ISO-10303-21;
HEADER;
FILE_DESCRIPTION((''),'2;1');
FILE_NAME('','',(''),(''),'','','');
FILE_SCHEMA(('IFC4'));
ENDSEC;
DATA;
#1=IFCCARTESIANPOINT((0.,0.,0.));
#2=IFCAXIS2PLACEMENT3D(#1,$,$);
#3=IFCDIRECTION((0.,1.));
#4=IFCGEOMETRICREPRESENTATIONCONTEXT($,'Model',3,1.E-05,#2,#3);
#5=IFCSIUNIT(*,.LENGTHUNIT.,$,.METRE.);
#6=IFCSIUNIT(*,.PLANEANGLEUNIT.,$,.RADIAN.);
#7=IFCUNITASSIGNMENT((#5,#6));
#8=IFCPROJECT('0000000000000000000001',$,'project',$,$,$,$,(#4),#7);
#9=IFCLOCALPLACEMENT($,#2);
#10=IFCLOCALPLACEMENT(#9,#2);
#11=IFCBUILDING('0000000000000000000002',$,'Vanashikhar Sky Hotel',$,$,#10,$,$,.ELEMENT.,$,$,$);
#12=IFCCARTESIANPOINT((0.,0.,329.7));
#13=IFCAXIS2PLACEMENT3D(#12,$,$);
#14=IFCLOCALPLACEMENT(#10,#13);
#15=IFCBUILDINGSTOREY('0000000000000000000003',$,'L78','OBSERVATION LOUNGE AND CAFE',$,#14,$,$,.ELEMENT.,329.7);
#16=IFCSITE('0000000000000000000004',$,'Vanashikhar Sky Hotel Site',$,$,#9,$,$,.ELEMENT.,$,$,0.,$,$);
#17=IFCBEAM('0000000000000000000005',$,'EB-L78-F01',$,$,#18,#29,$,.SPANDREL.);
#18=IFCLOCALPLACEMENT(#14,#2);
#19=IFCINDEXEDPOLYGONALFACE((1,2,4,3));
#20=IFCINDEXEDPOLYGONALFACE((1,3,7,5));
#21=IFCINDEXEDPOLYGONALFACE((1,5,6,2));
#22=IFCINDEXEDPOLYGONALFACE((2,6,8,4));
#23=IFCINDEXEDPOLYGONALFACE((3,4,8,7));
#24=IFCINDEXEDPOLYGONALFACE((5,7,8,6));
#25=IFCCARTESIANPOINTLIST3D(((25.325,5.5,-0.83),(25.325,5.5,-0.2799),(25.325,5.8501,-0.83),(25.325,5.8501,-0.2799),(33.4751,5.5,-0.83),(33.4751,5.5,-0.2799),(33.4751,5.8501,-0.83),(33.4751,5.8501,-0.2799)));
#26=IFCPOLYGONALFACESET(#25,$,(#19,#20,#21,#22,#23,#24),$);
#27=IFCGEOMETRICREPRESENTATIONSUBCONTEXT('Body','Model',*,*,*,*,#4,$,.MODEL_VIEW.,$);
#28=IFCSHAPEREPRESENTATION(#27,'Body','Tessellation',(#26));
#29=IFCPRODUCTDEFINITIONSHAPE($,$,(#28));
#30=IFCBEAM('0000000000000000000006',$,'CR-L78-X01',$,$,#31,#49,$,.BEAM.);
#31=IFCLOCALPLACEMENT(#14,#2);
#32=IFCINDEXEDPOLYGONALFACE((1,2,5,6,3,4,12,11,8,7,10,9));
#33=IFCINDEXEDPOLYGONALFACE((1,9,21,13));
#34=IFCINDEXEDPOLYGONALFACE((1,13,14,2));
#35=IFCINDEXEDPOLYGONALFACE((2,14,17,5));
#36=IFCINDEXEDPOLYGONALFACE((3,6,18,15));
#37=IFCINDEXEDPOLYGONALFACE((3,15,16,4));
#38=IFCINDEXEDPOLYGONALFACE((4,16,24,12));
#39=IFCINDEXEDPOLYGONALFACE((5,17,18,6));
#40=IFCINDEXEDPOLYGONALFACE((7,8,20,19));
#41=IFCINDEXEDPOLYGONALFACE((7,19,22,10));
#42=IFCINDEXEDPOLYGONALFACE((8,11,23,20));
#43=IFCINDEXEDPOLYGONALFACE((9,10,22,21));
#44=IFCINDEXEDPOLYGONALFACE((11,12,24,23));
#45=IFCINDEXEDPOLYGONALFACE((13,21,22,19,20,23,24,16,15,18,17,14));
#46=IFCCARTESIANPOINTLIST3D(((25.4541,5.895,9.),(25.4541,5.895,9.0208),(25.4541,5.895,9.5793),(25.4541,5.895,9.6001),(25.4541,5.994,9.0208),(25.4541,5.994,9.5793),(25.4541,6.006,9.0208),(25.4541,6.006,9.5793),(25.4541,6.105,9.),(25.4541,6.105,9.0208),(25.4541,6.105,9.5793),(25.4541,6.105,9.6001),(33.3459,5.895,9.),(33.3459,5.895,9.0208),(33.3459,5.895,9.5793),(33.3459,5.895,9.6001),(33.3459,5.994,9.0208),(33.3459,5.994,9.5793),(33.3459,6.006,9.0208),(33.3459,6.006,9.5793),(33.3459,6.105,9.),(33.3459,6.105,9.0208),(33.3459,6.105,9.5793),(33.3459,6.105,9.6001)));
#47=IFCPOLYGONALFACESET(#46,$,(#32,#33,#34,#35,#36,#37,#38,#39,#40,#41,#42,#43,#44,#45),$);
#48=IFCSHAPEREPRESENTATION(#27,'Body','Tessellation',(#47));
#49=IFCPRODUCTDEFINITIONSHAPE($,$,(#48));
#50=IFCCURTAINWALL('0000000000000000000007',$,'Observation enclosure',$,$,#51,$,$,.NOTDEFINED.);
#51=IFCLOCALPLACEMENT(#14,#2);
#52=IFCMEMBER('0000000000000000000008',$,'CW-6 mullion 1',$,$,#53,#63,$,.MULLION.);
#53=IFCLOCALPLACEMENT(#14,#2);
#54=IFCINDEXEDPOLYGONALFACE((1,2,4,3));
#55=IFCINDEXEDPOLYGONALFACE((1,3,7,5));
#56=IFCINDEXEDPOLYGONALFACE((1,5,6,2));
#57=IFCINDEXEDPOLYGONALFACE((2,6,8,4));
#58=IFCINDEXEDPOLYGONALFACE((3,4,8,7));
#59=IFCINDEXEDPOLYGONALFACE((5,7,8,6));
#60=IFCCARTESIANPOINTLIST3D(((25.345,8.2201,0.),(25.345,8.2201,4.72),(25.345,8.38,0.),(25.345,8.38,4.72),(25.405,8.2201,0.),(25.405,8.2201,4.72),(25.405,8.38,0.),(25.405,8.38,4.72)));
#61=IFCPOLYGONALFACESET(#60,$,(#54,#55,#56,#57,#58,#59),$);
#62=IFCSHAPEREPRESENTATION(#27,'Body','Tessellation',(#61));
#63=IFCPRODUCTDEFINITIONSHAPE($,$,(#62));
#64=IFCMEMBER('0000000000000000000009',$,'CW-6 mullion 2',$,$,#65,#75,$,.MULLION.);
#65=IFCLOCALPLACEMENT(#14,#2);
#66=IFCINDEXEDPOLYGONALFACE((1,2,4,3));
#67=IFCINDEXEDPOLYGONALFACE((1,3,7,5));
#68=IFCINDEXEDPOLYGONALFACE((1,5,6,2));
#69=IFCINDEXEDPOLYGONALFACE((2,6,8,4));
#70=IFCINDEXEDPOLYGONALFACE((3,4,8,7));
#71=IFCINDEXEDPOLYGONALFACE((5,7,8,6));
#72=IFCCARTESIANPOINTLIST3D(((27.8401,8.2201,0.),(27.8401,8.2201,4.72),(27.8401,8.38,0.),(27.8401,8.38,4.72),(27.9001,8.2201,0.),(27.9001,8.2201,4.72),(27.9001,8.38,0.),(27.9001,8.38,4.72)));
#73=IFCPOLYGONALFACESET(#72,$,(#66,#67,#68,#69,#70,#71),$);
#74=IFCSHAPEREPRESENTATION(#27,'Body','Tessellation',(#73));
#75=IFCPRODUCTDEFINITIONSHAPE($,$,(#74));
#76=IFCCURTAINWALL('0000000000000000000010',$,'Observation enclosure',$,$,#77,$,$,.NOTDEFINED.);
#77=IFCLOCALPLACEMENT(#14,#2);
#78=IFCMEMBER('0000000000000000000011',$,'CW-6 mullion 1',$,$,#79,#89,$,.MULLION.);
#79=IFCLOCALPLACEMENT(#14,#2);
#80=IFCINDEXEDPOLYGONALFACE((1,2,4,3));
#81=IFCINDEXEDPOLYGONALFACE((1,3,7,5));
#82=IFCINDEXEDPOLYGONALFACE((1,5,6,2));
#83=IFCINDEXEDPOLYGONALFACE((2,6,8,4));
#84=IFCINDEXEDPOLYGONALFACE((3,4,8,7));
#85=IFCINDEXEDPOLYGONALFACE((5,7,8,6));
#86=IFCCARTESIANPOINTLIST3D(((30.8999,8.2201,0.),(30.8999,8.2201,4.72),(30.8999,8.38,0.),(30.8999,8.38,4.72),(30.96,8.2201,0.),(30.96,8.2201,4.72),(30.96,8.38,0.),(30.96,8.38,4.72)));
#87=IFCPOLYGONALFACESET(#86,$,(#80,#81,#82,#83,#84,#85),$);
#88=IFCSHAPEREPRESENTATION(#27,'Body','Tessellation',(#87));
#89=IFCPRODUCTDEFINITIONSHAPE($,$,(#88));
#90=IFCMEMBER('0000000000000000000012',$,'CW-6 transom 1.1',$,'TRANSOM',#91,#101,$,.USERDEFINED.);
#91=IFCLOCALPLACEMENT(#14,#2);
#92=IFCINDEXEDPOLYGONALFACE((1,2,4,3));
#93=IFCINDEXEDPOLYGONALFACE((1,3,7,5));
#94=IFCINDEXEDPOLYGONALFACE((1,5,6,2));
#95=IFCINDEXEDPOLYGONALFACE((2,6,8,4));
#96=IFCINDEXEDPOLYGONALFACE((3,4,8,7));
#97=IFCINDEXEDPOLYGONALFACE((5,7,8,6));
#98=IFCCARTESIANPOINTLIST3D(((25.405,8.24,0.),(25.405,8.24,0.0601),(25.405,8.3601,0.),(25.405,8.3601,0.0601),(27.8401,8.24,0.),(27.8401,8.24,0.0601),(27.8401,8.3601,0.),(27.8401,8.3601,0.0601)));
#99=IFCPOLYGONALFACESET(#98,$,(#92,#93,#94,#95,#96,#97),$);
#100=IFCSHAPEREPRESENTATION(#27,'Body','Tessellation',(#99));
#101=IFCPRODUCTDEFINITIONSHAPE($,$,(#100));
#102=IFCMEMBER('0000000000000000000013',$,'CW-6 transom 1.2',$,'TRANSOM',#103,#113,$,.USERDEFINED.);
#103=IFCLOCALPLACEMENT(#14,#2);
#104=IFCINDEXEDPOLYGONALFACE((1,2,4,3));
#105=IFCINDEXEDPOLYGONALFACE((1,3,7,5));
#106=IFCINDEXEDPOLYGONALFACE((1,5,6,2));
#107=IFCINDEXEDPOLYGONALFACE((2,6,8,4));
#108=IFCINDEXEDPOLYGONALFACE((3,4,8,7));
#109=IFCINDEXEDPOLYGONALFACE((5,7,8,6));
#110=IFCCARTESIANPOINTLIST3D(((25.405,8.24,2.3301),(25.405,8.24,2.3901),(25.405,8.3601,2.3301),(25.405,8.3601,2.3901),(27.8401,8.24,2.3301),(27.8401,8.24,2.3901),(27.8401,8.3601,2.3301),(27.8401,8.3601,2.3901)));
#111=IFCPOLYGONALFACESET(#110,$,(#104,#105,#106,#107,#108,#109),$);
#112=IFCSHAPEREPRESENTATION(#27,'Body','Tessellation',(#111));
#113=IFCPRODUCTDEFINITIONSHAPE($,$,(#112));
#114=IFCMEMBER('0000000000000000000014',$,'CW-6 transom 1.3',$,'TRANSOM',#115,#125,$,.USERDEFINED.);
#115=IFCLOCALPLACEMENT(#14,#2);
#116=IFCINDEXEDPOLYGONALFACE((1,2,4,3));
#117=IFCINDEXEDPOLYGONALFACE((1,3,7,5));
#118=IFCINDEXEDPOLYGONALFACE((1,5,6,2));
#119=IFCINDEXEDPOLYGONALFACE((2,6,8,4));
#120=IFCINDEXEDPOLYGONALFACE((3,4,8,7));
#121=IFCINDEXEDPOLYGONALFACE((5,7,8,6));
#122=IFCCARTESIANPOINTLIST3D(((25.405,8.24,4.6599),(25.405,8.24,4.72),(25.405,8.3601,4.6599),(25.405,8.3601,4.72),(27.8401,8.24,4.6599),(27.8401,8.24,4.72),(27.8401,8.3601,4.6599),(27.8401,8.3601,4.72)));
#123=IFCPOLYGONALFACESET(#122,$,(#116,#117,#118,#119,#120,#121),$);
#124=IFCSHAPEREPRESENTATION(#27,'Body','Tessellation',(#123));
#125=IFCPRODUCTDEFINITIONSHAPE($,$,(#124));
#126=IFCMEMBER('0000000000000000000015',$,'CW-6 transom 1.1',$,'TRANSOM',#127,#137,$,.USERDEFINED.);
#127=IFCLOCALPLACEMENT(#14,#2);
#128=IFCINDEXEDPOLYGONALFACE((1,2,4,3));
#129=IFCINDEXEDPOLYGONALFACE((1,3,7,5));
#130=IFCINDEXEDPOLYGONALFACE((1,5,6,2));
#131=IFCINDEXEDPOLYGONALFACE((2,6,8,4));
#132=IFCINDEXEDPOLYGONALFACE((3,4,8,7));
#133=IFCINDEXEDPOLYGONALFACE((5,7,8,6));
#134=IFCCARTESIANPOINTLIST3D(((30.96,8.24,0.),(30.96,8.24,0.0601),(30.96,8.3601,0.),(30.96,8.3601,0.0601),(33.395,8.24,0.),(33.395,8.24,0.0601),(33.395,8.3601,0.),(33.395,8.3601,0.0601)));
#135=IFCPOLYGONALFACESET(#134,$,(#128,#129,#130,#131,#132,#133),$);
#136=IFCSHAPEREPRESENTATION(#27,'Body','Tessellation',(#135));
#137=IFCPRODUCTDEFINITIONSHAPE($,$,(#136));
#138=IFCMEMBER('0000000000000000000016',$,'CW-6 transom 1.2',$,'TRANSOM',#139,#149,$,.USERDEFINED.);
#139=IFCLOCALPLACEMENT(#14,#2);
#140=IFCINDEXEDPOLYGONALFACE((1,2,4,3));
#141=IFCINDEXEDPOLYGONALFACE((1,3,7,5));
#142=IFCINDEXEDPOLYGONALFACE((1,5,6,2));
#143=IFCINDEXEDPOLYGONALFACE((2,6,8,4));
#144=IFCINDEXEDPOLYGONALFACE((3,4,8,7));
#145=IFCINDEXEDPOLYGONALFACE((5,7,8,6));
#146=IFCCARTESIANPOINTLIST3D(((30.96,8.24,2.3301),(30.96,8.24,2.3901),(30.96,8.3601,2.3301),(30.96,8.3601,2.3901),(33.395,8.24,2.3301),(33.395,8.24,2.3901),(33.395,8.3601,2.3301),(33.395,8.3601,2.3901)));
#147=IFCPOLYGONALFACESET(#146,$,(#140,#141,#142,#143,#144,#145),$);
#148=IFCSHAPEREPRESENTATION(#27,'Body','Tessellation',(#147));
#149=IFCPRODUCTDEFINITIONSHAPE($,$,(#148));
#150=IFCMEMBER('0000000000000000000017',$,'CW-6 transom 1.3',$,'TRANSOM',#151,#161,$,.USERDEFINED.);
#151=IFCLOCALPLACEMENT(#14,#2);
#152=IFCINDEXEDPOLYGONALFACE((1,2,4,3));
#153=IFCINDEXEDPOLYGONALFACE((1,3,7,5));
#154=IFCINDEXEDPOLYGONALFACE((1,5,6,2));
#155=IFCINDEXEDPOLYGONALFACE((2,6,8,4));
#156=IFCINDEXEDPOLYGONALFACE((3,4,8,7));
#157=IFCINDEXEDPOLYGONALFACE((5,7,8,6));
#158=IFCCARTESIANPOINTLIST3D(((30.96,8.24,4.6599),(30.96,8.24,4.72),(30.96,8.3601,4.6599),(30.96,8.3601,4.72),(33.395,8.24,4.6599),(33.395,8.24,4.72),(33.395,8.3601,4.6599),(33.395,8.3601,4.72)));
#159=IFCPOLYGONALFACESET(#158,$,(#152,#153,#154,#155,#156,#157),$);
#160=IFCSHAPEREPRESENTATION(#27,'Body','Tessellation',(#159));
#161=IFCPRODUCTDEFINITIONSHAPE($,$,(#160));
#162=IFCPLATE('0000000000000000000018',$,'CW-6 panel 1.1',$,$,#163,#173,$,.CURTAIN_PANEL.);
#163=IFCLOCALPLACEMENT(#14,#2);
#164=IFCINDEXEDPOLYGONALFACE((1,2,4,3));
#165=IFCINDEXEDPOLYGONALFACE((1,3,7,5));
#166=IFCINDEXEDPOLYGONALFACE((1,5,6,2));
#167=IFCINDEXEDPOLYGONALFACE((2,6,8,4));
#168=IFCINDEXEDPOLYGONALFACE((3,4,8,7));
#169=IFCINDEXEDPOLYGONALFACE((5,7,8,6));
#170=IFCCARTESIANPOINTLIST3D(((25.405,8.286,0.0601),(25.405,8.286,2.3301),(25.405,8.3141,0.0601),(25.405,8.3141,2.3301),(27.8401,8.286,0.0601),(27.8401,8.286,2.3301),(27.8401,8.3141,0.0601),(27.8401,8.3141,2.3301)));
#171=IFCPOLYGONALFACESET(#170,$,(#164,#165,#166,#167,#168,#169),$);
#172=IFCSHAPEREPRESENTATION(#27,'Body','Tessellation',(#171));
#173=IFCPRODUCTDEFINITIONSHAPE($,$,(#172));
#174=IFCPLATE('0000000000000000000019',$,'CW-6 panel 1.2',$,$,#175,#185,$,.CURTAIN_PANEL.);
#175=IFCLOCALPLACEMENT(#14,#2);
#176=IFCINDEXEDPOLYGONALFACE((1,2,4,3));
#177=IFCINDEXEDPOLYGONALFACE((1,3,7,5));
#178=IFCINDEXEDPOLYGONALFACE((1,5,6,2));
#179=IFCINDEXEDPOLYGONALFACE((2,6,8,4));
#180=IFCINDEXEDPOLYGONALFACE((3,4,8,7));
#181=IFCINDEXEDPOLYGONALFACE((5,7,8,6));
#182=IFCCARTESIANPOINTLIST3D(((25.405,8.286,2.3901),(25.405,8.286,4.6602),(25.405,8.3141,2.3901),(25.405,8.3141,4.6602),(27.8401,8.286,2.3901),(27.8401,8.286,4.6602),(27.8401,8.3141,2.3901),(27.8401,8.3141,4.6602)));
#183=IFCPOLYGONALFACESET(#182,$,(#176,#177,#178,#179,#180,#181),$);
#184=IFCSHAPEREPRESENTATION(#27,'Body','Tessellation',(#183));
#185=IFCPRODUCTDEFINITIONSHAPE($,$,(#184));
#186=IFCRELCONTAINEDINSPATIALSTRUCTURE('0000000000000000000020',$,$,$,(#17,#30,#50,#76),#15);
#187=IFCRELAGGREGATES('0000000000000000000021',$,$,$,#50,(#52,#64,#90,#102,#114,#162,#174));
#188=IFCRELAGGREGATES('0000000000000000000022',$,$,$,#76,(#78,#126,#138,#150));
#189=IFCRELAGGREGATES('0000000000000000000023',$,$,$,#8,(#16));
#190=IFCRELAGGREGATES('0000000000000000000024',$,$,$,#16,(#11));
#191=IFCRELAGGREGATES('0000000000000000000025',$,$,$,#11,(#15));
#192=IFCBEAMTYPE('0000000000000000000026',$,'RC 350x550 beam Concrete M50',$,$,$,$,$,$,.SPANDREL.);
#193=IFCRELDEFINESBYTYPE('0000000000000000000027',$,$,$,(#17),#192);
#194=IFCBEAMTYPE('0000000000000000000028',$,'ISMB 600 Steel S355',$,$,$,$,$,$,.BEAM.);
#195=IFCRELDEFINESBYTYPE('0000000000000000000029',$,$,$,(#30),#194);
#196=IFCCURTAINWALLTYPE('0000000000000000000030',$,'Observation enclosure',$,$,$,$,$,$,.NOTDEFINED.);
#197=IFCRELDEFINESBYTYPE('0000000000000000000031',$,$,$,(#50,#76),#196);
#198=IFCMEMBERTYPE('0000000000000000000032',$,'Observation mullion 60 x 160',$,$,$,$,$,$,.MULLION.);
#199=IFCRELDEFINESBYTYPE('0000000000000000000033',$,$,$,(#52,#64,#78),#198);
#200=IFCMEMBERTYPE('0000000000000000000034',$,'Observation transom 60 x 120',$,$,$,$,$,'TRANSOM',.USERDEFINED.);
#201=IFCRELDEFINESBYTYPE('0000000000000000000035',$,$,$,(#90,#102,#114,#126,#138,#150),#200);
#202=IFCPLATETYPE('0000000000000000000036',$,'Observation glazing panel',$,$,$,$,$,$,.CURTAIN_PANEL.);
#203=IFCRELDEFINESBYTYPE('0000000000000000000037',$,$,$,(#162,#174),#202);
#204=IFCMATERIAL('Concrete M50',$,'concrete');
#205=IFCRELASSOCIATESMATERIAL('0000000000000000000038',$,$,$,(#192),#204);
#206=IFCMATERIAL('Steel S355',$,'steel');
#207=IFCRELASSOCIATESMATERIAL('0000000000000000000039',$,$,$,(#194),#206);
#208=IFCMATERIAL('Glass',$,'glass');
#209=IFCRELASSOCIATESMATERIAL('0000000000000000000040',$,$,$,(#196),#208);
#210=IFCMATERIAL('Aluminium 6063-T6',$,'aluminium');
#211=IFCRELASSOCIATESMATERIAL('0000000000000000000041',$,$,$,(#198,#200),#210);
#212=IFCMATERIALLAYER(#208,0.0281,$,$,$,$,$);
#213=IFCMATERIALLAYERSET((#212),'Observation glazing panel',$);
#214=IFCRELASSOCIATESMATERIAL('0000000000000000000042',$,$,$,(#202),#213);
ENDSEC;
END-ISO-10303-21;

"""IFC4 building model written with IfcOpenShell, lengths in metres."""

from ifc_helpers import new_model, si_unit, direction, frame, origin, origin_2d, place, context, subcontext, project, spatial, rectangle, i_section, extrude, source, transform, mapped, material, layer, layer_set, material_profile, profile_set, type_object, element, aggregate, save


model = new_model("IFC4")

# Units and contexts
model_context = context("Model", 3, precision=1e-05, world=origin(), true_north=direction((0.0, 1.0)))
body_context = subcontext(model_context, "Body", "Model", "MODEL_VIEW")
ifc_project = project(units=[si_unit("LENGTHUNIT", "METRE"), si_unit("PLANEANGLEUNIT", "RADIAN")], contexts=[model_context])

# Site, building, storey
site_placement = place(None, origin())
site = spatial("IfcSite", under=ifc_project, at=site_placement, Name="Vanashikhar Sky Hotel Site", CompositionType="ELEMENT", RefElevation=0.0)
building_placement = place(site_placement, origin())
building = spatial("IfcBuilding", under=site, at=building_placement, Name="Vanashikhar Sky Hotel", CompositionType="ELEMENT")
storey_placement = place(building_placement, frame((0.0, 0.0, 329.7)))
storey = spatial("IfcBuildingStorey", under=building, at=storey_placement, Name="L78", Description="OBSERVATION LOUNGE AND CAFE", CompositionType="ELEMENT", Elevation=329.7)

# Beams
ifc_material_1 = material(Name="Concrete M50", Category="concrete")
ifc_material_profile_1 = material_profile(ifc_material_1, rectangle(XDim=0.3501, YDim=0.55, at=origin_2d()))
ifc_profile_set_1 = profile_set([ifc_material_profile_1], Name="RC 350x550 beam Concrete M50")
beam_type_1 = type_object("IfcBeamType", Name="RC 350x550 beam Concrete M50", PredefinedType="SPANDREL", material=ifc_profile_set_1)
shared_shape_1 = source(origin(), body_context, "Body", "SweptSolid", [
    extrude(rectangle(XDim=0.3501, YDim=0.55, at=origin_2d()), origin(), (0.0, 0.0, 1.0), 8.1501),
])
beam_1_placement = place(storey_placement, frame((25.325, 5.675, -0.5549), z_axis=(1.0, 0.0, 0.0), x_axis=(0.0, 1.0, 0.0)))
element("IfcBeam", 1, at=beam_1_placement, inside=storey, type_object=beam_type_1, Name="EB-L78-F01", PredefinedType="SPANDREL", context=body_context, shape_type="MappedRepresentation", body=[
    mapped(shared_shape_1, transform((0.0, 0.0, 0.0), scale=1.0)),
])
ifc_material_2 = material(Name="Steel S355", Category="steel")
ifc_material_profile_2 = material_profile(ifc_material_2, i_section(OverallWidth=0.21, OverallDepth=0.6001, WebThickness=0.012, FlangeThickness=0.0208, at=origin_2d()), Name="ISMB 600")
ifc_profile_set_2 = profile_set([ifc_material_profile_2], Name="Steel S355")
beam_type_2 = type_object("IfcBeamType", Name="ISMB 600 Steel S355", PredefinedType="BEAM", material=ifc_profile_set_2)
shared_shape_2 = source(origin(), body_context, "Body", "SweptSolid", [
    extrude(i_section(OverallWidth=0.21, OverallDepth=0.6001, WebThickness=0.012, FlangeThickness=0.0208, at=origin_2d()), origin(), (0.0, 0.0, 1.0), 7.8918),
])
beam_2_placement = place(storey_placement, frame((25.4541, 6.0, 9.3), z_axis=(1.0, 0.0, 0.0), x_axis=(0.0, 1.0, 0.0)))
element("IfcBeam", 2, at=beam_2_placement, inside=storey, type_object=beam_type_2, Name="CR-L78-X01", PredefinedType="BEAM", context=body_context, shape_type="MappedRepresentation", body=[
    mapped(shared_shape_2, transform((0.0, 0.0, 0.0), scale=1.0)),
])

# Curtain wall, members
ifc_material_3 = material(Name="Glass", Category="glass")
curtain_wall_type = type_object("IfcCurtainWallType", Name="Observation enclosure", PredefinedType="NOTDEFINED", material=ifc_material_3)
curtain_wall_1_placement = place(storey_placement, origin())
curtain_wall_1 = element("IfcCurtainWall", 3, at=curtain_wall_1_placement, inside=storey, type_object=curtain_wall_type, Name="Observation enclosure", PredefinedType="NOTDEFINED")
ifc_material_4 = material(Name="Aluminium 6063-T6", Category="aluminium")
ifc_material_profile_3 = material_profile(ifc_material_4, rectangle(XDim=0.1599, YDim=0.0601, at=origin_2d()))
ifc_profile_set_3 = profile_set([ifc_material_profile_3], Name="Aluminium 6063-T6")
member_type_1 = type_object("IfcMemberType", Name="Observation mullion 60 x 160", PredefinedType="MULLION", material=ifc_profile_set_3)
shared_shape_3 = source(origin(), body_context, "Body", "SweptSolid", [
    extrude(rectangle(XDim=0.1599, YDim=0.0601, at=origin_2d()), origin(), (0.0, 0.0, 1.0), 4.72),
])
member_1_placement = place(storey_placement, frame((25.375, 8.3, 0.0), z_axis=(0.0, 0.0, 1.0), x_axis=(0.0, 1.0, 0.0)))
member_1 = element("IfcMember", 4, at=member_1_placement, type_object=member_type_1, Name="CW-6 mullion 1", PredefinedType="MULLION", context=body_context, shape_type="MappedRepresentation", body=[
    mapped(shared_shape_3, transform((0.0, 0.0, 0.0), scale=1.0)),
])
member_2_placement = place(storey_placement, frame((27.8701, 8.3, 0.0), z_axis=(0.0, 0.0, 1.0), x_axis=(0.0, 1.0, 0.0)))
member_2 = element("IfcMember", 5, at=member_2_placement, type_object=member_type_1, Name="CW-6 mullion 2", PredefinedType="MULLION", context=body_context, shape_type="MappedRepresentation", body=[
    mapped(shared_shape_3, transform((0.0, 0.0, 0.0), scale=1.0)),
])

# Curtain wall, member
curtain_wall_2_placement = place(storey_placement, origin())
curtain_wall_2 = element("IfcCurtainWall", 6, at=curtain_wall_2_placement, inside=storey, type_object=curtain_wall_type, Name="Observation enclosure", PredefinedType="NOTDEFINED")
member_3_placement = place(storey_placement, frame((30.9299, 8.3, 0.0), z_axis=(0.0, 0.0, 1.0), x_axis=(0.0, 1.0, 0.0)))
member_3 = element("IfcMember", 7, at=member_3_placement, type_object=member_type_1, Name="CW-6 mullion 1", PredefinedType="MULLION", context=body_context, shape_type="MappedRepresentation", body=[
    mapped(shared_shape_3, transform((0.0, 0.0, 0.0), scale=1.0)),
])

# Members
ifc_material_profile_4 = material_profile(ifc_material_4, rectangle(XDim=0.1201, YDim=0.0601, at=origin_2d()))
ifc_profile_set_4 = profile_set([ifc_material_profile_4], Name="Aluminium 6063-T6")
member_type_2 = type_object("IfcMemberType", Name="Observation transom 60 x 120", ElementType="TRANSOM", PredefinedType="USERDEFINED", material=ifc_profile_set_4)
shared_shape_4 = source(origin(), body_context, "Body", "SweptSolid", [
    extrude(rectangle(XDim=0.1201, YDim=0.0601, at=origin_2d()), origin(), (0.0, 0.0, 1.0), 2.4351),
])
member_4_placement = place(storey_placement, frame((25.405, 8.3, 0.03), z_axis=(1.0, 0.0, 0.0), x_axis=(0.0, 1.0, 0.0)))
member_4 = element("IfcMember", 8, at=member_4_placement, type_object=member_type_2, Name="CW-6 transom 1.1", ObjectType="TRANSOM", PredefinedType="USERDEFINED", context=body_context, shape_type="MappedRepresentation", body=[
    mapped(shared_shape_4, transform((0.0, 0.0, 0.0), scale=1.0)),
])
member_5_placement = place(storey_placement, frame((25.405, 8.3, 2.3601), z_axis=(1.0, 0.0, 0.0), x_axis=(0.0, 1.0, 0.0)))
member_5 = element("IfcMember", 9, at=member_5_placement, type_object=member_type_2, Name="CW-6 transom 1.2", ObjectType="TRANSOM", PredefinedType="USERDEFINED", context=body_context, shape_type="MappedRepresentation", body=[
    mapped(shared_shape_4, transform((0.0, 0.0, 0.0), scale=1.0)),
])
member_6_placement = place(storey_placement, frame((25.405, 8.3, 4.6899), z_axis=(1.0, 0.0, 0.0), x_axis=(0.0, 1.0, 0.0)))
member_6 = element("IfcMember", 10, at=member_6_placement, type_object=member_type_2, Name="CW-6 transom 1.3", ObjectType="TRANSOM", PredefinedType="USERDEFINED", context=body_context, shape_type="MappedRepresentation", body=[
    mapped(shared_shape_4, transform((0.0, 0.0, 0.0), scale=1.0)),
])
member_7_placement = place(storey_placement, frame((30.96, 8.3, 0.03), z_axis=(1.0, 0.0, 0.0), x_axis=(0.0, 1.0, 0.0)))
member_7 = element("IfcMember", 11, at=member_7_placement, type_object=member_type_2, Name="CW-6 transom 1.1", ObjectType="TRANSOM", PredefinedType="USERDEFINED", context=body_context, shape_type="MappedRepresentation", body=[
    mapped(shared_shape_4, transform((0.0, 0.0, 0.0), scale=1.0)),
])
member_8_placement = place(storey_placement, frame((30.96, 8.3, 2.3601), z_axis=(1.0, 0.0, 0.0), x_axis=(0.0, 1.0, 0.0)))
member_8 = element("IfcMember", 12, at=member_8_placement, type_object=member_type_2, Name="CW-6 transom 1.2", ObjectType="TRANSOM", PredefinedType="USERDEFINED", context=body_context, shape_type="MappedRepresentation", body=[
    mapped(shared_shape_4, transform((0.0, 0.0, 0.0), scale=1.0)),
])
member_9_placement = place(storey_placement, frame((30.96, 8.3, 4.6899), z_axis=(1.0, 0.0, 0.0), x_axis=(0.0, 1.0, 0.0)))
member_9 = element("IfcMember", 13, at=member_9_placement, type_object=member_type_2, Name="CW-6 transom 1.3", ObjectType="TRANSOM", PredefinedType="USERDEFINED", context=body_context, shape_type="MappedRepresentation", body=[
    mapped(shared_shape_4, transform((0.0, 0.0, 0.0), scale=1.0)),
])

# Plates
ifc_layer_1 = layer(ifc_material_3, 0.0281)
ifc_layer_set_1 = layer_set([ifc_layer_1], Name="Observation glazing panel")
plate_type = type_object("IfcPlateType", Name="Observation glazing panel", PredefinedType="CURTAIN_PANEL", material=ifc_layer_set_1)
shared_shape_5 = source(origin(), body_context, "Body", "SweptSolid", [
    extrude(rectangle(XDim=2.4351, YDim=0.0281, at=origin_2d()), origin(), (0.0, 0.0, 1.0), 2.27),
])
plate_1_placement = place(storey_placement, frame((26.6226, 8.3, 0.0601), z_axis=(0.0, 0.0, 1.0), x_axis=(1.0, 0.0, 0.0)))
plate_1 = element("IfcPlate", 14, at=plate_1_placement, type_object=plate_type, Name="CW-6 panel 1.1", PredefinedType="CURTAIN_PANEL", context=body_context, shape_type="MappedRepresentation", body=[
    mapped(shared_shape_5, transform((0.0, 0.0, 0.0), scale=1.0)),
])
plate_2_placement = place(storey_placement, frame((26.6226, 8.3, 2.3901), z_axis=(0.0, 0.0, 1.0), x_axis=(1.0, 0.0, 0.0)))
plate_2 = element("IfcPlate", 15, at=plate_2_placement, type_object=plate_type, Name="CW-6 panel 1.2", PredefinedType="CURTAIN_PANEL", context=body_context, shape_type="MappedRepresentation", body=[
    mapped(shared_shape_5, transform((0.0, 0.0, 0.0), scale=1.0)),
])
aggregate(curtain_wall_1, [member_1, member_2, member_4, member_5, member_6, plate_1, plate_2])
aggregate(curtain_wall_2, [member_3, member_7, member_8, member_9])

save(model, "model.ifc")
